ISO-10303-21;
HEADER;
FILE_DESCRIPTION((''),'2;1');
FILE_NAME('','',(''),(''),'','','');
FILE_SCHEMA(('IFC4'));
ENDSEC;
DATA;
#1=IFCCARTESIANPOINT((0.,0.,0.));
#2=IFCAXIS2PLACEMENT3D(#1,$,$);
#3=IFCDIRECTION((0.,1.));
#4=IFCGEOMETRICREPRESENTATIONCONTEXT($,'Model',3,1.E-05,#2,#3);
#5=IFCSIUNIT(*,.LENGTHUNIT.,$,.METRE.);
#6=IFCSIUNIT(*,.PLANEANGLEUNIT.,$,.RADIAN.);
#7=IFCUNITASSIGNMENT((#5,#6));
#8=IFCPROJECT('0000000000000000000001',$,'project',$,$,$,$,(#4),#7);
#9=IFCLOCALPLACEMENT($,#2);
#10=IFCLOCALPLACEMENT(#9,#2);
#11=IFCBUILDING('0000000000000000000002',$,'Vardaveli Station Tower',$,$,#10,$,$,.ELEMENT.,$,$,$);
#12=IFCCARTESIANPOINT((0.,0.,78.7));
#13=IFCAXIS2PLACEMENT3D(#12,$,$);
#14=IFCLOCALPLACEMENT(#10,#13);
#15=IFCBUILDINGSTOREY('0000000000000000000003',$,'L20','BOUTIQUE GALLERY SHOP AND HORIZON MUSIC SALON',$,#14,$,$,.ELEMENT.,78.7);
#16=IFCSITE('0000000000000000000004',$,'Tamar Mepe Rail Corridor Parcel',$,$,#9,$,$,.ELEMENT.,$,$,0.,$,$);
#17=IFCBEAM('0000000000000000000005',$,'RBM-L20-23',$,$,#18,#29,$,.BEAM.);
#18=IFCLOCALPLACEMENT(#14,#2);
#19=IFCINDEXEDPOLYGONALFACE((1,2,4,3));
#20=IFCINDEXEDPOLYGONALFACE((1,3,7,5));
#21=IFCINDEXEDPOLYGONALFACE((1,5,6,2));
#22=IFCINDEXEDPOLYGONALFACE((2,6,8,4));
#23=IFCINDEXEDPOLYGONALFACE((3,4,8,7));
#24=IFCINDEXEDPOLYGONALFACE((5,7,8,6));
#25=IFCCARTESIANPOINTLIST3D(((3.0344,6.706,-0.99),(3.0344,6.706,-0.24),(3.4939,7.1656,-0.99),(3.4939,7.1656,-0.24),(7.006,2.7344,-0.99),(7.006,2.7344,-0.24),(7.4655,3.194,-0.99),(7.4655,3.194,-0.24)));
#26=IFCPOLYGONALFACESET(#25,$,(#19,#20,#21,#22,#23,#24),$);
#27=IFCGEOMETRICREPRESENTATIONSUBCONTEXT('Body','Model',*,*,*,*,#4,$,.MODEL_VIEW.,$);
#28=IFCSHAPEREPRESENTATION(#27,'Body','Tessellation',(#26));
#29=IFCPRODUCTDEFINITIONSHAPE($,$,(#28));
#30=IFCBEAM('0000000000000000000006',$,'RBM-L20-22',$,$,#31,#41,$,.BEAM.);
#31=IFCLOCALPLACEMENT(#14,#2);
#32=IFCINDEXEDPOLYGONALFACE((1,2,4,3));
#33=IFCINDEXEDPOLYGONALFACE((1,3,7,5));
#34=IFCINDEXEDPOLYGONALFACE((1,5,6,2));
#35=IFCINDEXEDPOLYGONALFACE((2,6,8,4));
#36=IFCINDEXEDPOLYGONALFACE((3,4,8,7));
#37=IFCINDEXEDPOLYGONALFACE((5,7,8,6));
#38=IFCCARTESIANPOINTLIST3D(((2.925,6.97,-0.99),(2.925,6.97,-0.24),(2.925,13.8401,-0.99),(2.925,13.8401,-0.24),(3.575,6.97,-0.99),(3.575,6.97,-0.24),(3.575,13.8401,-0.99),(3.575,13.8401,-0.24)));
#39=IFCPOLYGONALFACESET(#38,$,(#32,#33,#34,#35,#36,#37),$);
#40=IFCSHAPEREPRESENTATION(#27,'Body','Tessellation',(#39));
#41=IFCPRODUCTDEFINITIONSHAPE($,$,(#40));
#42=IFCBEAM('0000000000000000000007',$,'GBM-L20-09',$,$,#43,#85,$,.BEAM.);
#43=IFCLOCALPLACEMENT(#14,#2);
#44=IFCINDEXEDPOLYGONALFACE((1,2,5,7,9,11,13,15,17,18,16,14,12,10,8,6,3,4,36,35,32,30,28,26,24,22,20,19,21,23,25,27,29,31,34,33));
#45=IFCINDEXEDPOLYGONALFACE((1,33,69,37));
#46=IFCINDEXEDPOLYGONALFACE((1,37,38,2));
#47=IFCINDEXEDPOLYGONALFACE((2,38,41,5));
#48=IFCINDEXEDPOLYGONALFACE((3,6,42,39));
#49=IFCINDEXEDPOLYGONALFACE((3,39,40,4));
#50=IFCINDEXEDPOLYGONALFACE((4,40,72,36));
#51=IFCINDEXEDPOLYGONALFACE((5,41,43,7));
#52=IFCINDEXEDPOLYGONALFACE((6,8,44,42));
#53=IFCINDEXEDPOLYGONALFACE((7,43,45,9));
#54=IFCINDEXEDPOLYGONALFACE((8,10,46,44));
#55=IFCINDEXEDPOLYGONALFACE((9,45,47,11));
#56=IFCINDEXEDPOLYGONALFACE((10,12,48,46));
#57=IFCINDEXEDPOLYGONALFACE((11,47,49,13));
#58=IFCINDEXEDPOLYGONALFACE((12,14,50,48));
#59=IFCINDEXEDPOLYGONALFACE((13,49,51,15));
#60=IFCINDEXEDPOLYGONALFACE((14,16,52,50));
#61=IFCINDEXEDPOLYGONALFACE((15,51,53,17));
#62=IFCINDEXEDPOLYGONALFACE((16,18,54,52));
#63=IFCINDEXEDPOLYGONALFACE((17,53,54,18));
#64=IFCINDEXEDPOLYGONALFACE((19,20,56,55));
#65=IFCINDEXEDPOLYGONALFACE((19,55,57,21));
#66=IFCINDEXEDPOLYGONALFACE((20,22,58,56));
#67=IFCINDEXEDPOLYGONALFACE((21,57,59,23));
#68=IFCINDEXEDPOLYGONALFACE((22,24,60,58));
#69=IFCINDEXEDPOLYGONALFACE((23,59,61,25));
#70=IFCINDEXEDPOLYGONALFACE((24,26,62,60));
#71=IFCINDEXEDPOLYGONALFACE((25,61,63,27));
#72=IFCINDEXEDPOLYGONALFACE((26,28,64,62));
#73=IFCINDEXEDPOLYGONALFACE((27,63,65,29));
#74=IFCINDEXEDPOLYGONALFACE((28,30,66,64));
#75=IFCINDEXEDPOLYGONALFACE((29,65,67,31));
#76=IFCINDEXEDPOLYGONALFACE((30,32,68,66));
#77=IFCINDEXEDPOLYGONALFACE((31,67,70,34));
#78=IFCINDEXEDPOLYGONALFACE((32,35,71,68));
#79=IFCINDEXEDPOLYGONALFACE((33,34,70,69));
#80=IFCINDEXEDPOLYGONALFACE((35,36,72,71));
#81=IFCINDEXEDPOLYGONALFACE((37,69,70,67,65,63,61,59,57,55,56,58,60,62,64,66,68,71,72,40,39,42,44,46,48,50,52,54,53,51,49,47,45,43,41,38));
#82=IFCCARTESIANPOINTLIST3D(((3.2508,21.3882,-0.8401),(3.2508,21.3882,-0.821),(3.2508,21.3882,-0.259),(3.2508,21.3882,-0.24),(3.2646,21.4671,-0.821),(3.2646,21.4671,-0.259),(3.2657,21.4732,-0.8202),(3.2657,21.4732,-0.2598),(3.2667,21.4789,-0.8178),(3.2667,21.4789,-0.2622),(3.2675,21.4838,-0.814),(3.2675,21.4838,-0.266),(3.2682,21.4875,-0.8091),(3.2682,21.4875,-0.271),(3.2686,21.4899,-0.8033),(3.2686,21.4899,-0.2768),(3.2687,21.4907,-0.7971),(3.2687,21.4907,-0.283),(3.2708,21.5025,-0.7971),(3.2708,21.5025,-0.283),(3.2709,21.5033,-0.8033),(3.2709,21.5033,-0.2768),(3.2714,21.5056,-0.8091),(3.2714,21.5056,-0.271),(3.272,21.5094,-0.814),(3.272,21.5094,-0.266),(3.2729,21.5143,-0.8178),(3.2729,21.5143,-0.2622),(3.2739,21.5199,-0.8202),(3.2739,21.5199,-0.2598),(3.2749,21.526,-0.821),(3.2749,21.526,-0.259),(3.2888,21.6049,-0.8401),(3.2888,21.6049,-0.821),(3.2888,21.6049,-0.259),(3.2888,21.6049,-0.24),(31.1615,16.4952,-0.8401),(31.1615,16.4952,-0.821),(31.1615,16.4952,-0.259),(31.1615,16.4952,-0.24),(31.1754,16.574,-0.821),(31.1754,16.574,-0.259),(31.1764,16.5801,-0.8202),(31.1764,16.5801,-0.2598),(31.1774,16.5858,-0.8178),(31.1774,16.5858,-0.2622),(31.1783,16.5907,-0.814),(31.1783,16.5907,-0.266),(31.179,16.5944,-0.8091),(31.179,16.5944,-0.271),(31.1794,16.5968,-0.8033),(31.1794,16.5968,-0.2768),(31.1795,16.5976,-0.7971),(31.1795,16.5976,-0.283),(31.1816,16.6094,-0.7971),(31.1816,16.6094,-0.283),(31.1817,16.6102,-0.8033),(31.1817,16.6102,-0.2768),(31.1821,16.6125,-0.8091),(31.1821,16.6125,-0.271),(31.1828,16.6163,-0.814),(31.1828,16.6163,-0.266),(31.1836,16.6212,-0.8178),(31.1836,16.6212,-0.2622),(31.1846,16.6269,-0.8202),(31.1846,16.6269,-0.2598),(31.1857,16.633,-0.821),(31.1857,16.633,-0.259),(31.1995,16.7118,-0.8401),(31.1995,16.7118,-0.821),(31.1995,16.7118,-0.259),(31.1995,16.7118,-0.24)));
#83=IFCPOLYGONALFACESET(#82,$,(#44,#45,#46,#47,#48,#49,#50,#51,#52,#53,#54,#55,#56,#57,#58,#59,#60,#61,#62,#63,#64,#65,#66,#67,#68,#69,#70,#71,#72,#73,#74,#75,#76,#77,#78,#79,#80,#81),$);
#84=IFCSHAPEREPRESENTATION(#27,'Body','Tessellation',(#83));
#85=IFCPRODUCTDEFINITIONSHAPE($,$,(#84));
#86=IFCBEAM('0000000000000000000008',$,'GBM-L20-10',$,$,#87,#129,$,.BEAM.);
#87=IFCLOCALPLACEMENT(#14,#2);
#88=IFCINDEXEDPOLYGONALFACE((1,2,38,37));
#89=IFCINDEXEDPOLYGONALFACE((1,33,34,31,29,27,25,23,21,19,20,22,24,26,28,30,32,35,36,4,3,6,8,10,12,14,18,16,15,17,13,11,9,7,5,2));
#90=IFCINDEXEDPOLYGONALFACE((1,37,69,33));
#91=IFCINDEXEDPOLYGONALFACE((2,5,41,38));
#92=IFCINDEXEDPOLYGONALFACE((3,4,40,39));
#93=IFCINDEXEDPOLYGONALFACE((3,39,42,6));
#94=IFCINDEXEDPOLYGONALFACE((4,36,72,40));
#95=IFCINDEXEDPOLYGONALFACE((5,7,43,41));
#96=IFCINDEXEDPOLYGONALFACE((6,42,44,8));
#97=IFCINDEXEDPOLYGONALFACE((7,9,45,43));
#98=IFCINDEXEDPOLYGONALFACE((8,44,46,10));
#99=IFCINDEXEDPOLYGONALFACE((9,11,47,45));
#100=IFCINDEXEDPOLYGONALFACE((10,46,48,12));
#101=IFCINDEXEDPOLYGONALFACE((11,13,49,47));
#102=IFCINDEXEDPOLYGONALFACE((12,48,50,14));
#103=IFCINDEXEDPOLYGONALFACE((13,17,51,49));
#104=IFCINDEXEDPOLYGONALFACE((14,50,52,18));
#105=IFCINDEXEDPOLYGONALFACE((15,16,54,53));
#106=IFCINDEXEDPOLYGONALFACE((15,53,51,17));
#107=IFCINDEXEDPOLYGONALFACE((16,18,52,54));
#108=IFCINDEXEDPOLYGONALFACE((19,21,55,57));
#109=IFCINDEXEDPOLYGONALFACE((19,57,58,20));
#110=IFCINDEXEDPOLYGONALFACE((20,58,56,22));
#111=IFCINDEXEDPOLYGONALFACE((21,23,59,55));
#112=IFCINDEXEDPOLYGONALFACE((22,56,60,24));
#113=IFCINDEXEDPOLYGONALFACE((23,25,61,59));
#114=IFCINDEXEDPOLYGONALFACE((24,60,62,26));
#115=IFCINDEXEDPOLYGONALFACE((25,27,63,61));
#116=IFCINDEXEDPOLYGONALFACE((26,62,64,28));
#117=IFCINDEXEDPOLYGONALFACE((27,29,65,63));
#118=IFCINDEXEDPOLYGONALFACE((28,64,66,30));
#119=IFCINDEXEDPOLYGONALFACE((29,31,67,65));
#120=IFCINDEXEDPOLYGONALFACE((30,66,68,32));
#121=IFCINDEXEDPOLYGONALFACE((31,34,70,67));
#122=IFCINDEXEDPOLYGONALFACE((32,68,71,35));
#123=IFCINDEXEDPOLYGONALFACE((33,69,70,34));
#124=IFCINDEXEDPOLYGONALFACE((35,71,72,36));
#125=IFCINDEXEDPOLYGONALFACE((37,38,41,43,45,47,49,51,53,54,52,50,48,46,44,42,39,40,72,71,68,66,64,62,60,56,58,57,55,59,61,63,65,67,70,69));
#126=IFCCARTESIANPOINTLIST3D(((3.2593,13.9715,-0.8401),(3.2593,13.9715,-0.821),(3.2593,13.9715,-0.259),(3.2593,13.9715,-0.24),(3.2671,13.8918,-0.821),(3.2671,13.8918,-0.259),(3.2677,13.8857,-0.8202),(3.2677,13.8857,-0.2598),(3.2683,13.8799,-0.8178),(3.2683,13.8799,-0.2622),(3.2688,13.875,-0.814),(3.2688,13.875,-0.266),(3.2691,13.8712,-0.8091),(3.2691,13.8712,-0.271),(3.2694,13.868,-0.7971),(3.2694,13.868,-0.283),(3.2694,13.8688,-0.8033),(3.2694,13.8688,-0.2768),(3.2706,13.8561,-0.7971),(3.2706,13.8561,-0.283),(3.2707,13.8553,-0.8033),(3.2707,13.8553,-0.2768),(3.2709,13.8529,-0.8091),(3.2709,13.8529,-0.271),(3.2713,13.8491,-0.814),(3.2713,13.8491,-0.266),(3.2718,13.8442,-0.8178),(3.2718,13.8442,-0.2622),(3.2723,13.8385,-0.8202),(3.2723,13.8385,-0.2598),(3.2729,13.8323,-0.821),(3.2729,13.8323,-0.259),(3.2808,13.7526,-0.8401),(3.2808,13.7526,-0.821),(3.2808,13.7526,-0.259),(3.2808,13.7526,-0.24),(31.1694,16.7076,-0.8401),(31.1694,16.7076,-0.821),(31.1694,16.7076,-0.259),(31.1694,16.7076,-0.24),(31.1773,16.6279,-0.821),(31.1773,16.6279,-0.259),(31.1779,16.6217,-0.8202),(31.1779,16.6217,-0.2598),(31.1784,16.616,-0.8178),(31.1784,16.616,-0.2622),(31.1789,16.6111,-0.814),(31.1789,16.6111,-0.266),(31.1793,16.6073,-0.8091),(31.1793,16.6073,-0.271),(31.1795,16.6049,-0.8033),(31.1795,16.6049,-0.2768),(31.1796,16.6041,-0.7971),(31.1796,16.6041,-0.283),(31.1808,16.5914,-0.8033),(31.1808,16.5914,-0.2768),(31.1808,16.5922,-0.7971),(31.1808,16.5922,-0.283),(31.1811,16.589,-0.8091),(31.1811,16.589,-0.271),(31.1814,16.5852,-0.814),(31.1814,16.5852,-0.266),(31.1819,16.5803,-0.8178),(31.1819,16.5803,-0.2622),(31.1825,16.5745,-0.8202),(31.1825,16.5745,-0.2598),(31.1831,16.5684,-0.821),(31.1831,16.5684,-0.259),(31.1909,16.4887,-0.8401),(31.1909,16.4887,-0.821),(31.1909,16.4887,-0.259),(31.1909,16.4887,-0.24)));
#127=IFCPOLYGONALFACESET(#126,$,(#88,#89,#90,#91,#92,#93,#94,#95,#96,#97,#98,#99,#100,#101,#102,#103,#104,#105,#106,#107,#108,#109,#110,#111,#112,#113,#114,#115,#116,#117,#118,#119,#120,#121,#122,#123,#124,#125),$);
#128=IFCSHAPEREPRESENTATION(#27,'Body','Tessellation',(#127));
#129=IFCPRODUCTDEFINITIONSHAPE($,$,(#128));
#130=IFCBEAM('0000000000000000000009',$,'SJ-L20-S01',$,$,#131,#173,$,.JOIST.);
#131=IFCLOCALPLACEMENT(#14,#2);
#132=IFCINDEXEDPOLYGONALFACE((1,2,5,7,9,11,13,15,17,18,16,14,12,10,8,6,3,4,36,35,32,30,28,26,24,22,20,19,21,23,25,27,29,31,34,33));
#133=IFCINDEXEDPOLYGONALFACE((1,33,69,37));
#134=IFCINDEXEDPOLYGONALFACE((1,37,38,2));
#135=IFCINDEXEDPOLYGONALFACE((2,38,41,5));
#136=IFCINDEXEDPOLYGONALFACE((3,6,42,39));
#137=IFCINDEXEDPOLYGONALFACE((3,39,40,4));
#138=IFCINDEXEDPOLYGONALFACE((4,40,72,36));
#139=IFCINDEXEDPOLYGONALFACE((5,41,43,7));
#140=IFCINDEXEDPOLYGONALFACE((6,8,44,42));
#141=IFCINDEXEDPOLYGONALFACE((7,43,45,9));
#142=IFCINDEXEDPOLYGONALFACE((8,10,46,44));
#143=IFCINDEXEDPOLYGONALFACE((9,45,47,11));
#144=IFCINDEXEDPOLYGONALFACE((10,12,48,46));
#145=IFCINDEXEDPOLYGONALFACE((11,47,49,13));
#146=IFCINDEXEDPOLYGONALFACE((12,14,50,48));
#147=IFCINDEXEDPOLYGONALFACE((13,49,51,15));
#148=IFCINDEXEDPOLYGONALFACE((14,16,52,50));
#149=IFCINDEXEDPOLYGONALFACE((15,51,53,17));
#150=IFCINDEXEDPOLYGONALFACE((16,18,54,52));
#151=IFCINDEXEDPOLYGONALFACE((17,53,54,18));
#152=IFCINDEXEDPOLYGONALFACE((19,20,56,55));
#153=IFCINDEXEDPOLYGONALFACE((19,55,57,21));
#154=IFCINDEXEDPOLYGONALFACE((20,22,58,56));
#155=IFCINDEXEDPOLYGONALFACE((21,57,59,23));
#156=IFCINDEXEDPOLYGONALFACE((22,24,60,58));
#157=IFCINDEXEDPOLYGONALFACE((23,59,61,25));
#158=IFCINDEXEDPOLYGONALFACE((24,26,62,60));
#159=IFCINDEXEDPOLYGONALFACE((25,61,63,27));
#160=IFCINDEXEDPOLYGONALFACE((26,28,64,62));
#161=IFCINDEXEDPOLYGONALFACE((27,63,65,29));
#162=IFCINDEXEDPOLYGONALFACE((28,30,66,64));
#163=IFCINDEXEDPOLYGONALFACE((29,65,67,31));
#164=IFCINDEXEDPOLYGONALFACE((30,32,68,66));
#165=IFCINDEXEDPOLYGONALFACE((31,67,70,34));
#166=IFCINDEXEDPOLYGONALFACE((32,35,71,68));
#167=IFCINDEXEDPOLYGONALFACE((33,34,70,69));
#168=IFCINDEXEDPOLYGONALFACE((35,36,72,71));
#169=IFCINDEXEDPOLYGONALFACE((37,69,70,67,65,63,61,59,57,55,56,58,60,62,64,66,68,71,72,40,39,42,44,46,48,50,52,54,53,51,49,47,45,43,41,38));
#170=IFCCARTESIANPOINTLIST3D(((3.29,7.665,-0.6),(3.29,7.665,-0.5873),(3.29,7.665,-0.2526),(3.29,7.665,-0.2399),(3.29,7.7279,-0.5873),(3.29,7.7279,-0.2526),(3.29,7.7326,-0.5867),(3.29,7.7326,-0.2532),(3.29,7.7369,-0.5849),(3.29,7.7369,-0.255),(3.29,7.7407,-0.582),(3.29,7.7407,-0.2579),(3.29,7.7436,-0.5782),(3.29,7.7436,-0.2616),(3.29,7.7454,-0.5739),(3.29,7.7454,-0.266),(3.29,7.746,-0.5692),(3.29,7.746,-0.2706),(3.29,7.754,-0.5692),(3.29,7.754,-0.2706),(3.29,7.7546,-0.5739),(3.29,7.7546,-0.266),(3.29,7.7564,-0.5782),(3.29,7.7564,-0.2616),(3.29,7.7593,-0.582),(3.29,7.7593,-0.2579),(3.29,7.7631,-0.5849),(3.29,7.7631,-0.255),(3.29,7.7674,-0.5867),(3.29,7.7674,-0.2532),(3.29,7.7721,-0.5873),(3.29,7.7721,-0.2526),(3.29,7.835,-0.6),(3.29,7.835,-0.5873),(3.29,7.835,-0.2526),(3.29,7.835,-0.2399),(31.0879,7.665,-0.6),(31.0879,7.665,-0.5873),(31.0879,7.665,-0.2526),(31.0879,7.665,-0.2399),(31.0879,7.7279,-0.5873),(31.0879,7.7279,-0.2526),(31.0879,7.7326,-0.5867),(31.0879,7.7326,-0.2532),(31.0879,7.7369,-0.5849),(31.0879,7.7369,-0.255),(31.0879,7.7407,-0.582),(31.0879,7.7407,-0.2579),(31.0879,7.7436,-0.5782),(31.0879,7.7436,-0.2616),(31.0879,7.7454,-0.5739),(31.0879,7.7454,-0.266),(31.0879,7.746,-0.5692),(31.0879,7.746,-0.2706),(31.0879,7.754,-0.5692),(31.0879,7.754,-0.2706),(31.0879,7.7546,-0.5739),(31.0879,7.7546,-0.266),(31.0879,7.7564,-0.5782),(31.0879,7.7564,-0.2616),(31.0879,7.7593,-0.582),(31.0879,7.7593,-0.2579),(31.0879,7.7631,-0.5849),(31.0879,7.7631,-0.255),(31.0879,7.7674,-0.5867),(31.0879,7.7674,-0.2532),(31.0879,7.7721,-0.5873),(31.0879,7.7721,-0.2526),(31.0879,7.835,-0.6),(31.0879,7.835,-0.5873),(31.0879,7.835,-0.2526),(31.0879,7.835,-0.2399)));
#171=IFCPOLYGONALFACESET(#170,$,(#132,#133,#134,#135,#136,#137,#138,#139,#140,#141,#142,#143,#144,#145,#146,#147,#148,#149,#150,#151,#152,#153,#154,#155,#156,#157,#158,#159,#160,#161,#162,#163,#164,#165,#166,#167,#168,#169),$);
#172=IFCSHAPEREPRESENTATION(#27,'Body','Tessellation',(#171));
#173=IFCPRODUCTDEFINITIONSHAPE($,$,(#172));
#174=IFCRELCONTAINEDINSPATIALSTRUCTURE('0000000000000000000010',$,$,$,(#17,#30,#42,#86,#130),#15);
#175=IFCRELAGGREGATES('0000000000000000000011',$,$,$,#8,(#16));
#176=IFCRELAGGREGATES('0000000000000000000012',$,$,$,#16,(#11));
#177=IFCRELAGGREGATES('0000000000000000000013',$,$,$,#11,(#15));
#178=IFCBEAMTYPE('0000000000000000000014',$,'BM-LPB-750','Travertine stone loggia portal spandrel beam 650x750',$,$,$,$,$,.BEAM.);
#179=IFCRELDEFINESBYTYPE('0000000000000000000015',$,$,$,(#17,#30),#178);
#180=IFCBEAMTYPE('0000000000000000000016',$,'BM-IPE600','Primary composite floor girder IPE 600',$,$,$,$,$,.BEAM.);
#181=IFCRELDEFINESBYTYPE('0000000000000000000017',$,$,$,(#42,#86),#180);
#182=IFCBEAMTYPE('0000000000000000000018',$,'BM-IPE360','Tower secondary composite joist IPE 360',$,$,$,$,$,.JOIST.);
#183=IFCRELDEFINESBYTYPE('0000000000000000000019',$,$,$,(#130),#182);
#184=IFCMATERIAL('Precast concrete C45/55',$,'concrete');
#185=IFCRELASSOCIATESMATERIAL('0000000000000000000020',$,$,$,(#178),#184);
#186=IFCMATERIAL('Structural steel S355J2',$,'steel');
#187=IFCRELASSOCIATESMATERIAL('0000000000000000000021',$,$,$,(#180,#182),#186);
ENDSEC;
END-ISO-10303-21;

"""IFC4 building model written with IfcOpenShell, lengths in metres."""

from ifc_helpers import new_model, si_unit, direction, frame, origin, origin_2d, place, context, subcontext, project, spatial, rectangle, i_section, extrude, source, transform, mapped, material, material_profile, profile_set, type_object, element, save


model = new_model("IFC4")

# Units and contexts
model_context = context("Model", 3, precision=1e-05, world=origin(), true_north=direction((0.0, 1.0)))
body_context = subcontext(model_context, "Body", "Model", "MODEL_VIEW")
ifc_project = project(units=[si_unit("LENGTHUNIT", "METRE"), si_unit("PLANEANGLEUNIT", "RADIAN")], contexts=[model_context])

# Site, building, storey
site_placement = place(None, origin())
site = spatial("IfcSite", under=ifc_project, at=site_placement, Name="Tamar Mepe Rail Corridor Parcel", CompositionType="ELEMENT", RefElevation=0.0)
building_placement = place(site_placement, origin())
building = spatial("IfcBuilding", under=site, at=building_placement, Name="Vardaveli Station Tower", CompositionType="ELEMENT")
storey_placement = place(building_placement, frame((0.0, 0.0, 78.7)))
storey = spatial("IfcBuildingStorey", under=building, at=storey_placement, Name="L20", Description="BOUTIQUE GALLERY SHOP AND HORIZON MUSIC SALON", CompositionType="ELEMENT", Elevation=78.7)

# Beams
ifc_material_1 = material(Name="Precast concrete C45/55", Category="concrete")
ifc_material_profile_1 = material_profile(ifc_material_1, rectangle(XDim=0.6499, YDim=0.75, at=origin_2d()), Name="LPB 650x750")
ifc_profile_set_1 = profile_set([ifc_material_profile_1], Name="Precast concrete C45/55")
beam_type_1 = type_object("IfcBeamType", Name="BM-LPB-750", Description="Travertine stone loggia portal spandrel beam 650x750", PredefinedType="BEAM", material=ifc_profile_set_1)
shared_shape_1 = source(origin(), body_context, "Body", "SweptSolid", [
    extrude(rectangle(XDim=0.6499, YDim=0.75, at=origin_2d()), origin(), (0.0, 0.0, 1.0), 5.6167),
])
beam_1_placement = place(storey_placement, frame((3.2642, 6.9358, -0.615), z_axis=(0.707107, -0.707107, 0.0), x_axis=(0.707107, 0.707107, 0.0)))
element("IfcBeam", 1, at=beam_1_placement, inside=storey, type_object=beam_type_1, Name="RBM-L20-23", PredefinedType="BEAM", context=body_context, shape_type="MappedRepresentation", body=[
    mapped(shared_shape_1, transform((0.0, 0.0, 0.0), scale=1.0)),
])
shared_shape_2 = source(origin(), body_context, "Body", "SweptSolid", [
    extrude(rectangle(XDim=0.6499, YDim=0.75, at=origin_2d()), origin(), (0.0, 0.0, 1.0), 6.8701),
])
beam_2_placement = place(storey_placement, frame((3.25, 13.8401, -0.615), z_axis=(0.0, -1.0, 0.0), x_axis=(1.0, 0.0, 0.0)))
element("IfcBeam", 2, at=beam_2_placement, inside=storey, type_object=beam_type_1, Name="RBM-L20-22", PredefinedType="BEAM", context=body_context, shape_type="MappedRepresentation", body=[
    mapped(shared_shape_2, transform((0.0, 0.0, 0.0), scale=1.0)),
])
ifc_material_2 = material(Name="Structural steel S355J2", Category="steel")
ifc_material_profile_2 = material_profile(ifc_material_2, i_section(OverallWidth=0.22, OverallDepth=0.6001, WebThickness=0.012, FlangeThickness=0.019, FilletRadius=0.0239, at=origin_2d()), Name="IPE 600")
ifc_profile_set_2 = profile_set([ifc_material_profile_2], Name="Structural steel S355J2")
beam_type_2 = type_object("IfcBeamType", Name="BM-IPE600", Description="Primary composite floor girder IPE 600", PredefinedType="BEAM", material=ifc_profile_set_2)
shared_shape_3 = source(origin(), body_context, "Body", "SweptSolid", [
    extrude(i_section(OverallWidth=0.22, OverallDepth=0.6001, WebThickness=0.012, FlangeThickness=0.019, FilletRadius=0.0239, at=origin_2d()), origin(), (0.0, 0.0, 1.0), 28.3364),
])
beam_3_placement = place(storey_placement, frame((3.2698, 21.4966, -0.54), z_axis=(0.984978, -0.172678, 0.0), x_axis=(0.172678, 0.984978, 0.0)))
element("IfcBeam", 3, at=beam_3_placement, inside=storey, type_object=beam_type_2, Name="GBM-L20-09", PredefinedType="BEAM", context=body_context, shape_type="MappedRepresentation", body=[
    mapped(shared_shape_3, transform((0.0, 0.0, 0.0), scale=1.0)),
])
shared_shape_4 = source(origin(), body_context, "Body", "SweptSolid", [
    extrude(i_section(OverallWidth=0.22, OverallDepth=0.6001, WebThickness=0.012, FlangeThickness=0.019, FilletRadius=0.0239, at=origin_2d()), origin(), (0.0, 0.0, 1.0), 28.0439),
])
beam_4_placement = place(storey_placement, frame((3.27, 13.8621, -0.54), z_axis=(0.995229, 0.097564, 0.0), x_axis=(-0.097564, 0.995229, 0.0)))
element("IfcBeam", 4, at=beam_4_placement, inside=storey, type_object=beam_type_2, Name="GBM-L20-10", PredefinedType="BEAM", context=body_context, shape_type="MappedRepresentation", body=[
    mapped(shared_shape_4, transform((0.0, 0.0, 0.0), scale=1.0)),
])
ifc_material_profile_3 = material_profile(ifc_material_2, i_section(OverallWidth=0.1699, OverallDepth=0.3601, WebThickness=0.0081, FlangeThickness=0.0127, FilletRadius=0.0181, at=origin_2d()), Name="IPE 360")
ifc_profile_set_3 = profile_set([ifc_material_profile_3], Name="Structural steel S355J2")
beam_type_3 = type_object("IfcBeamType", Name="BM-IPE360", Description="Tower secondary composite joist IPE 360", PredefinedType="JOIST", material=ifc_profile_set_3)
shared_shape_5 = source(origin(), body_context, "Body", "SweptSolid", [
    extrude(i_section(OverallWidth=0.1699, OverallDepth=0.3601, WebThickness=0.0081, FlangeThickness=0.0127, FilletRadius=0.0181, at=origin_2d()), origin(), (0.0, 0.0, 1.0), 27.7979),
])
for number, where, z_axis, x_axis, name in (
    (5, (3.29, 7.75, -0.4199), (1.0, 0.0, 0.0), (0.0, 1.0, 0.0), "SJ-L20-S01"),
):
    element("IfcBeam", number, at=place(storey_placement, frame(where, z_axis=z_axis, x_axis=x_axis)), inside=storey, type_object=beam_type_3, Name=name, PredefinedType="JOIST", context=body_context, shape_type="MappedRepresentation", body=[
        mapped(shared_shape_5, transform((0.0, 0.0, 0.0), scale=1.0)),
    ])

save(model, "model.ifc")
